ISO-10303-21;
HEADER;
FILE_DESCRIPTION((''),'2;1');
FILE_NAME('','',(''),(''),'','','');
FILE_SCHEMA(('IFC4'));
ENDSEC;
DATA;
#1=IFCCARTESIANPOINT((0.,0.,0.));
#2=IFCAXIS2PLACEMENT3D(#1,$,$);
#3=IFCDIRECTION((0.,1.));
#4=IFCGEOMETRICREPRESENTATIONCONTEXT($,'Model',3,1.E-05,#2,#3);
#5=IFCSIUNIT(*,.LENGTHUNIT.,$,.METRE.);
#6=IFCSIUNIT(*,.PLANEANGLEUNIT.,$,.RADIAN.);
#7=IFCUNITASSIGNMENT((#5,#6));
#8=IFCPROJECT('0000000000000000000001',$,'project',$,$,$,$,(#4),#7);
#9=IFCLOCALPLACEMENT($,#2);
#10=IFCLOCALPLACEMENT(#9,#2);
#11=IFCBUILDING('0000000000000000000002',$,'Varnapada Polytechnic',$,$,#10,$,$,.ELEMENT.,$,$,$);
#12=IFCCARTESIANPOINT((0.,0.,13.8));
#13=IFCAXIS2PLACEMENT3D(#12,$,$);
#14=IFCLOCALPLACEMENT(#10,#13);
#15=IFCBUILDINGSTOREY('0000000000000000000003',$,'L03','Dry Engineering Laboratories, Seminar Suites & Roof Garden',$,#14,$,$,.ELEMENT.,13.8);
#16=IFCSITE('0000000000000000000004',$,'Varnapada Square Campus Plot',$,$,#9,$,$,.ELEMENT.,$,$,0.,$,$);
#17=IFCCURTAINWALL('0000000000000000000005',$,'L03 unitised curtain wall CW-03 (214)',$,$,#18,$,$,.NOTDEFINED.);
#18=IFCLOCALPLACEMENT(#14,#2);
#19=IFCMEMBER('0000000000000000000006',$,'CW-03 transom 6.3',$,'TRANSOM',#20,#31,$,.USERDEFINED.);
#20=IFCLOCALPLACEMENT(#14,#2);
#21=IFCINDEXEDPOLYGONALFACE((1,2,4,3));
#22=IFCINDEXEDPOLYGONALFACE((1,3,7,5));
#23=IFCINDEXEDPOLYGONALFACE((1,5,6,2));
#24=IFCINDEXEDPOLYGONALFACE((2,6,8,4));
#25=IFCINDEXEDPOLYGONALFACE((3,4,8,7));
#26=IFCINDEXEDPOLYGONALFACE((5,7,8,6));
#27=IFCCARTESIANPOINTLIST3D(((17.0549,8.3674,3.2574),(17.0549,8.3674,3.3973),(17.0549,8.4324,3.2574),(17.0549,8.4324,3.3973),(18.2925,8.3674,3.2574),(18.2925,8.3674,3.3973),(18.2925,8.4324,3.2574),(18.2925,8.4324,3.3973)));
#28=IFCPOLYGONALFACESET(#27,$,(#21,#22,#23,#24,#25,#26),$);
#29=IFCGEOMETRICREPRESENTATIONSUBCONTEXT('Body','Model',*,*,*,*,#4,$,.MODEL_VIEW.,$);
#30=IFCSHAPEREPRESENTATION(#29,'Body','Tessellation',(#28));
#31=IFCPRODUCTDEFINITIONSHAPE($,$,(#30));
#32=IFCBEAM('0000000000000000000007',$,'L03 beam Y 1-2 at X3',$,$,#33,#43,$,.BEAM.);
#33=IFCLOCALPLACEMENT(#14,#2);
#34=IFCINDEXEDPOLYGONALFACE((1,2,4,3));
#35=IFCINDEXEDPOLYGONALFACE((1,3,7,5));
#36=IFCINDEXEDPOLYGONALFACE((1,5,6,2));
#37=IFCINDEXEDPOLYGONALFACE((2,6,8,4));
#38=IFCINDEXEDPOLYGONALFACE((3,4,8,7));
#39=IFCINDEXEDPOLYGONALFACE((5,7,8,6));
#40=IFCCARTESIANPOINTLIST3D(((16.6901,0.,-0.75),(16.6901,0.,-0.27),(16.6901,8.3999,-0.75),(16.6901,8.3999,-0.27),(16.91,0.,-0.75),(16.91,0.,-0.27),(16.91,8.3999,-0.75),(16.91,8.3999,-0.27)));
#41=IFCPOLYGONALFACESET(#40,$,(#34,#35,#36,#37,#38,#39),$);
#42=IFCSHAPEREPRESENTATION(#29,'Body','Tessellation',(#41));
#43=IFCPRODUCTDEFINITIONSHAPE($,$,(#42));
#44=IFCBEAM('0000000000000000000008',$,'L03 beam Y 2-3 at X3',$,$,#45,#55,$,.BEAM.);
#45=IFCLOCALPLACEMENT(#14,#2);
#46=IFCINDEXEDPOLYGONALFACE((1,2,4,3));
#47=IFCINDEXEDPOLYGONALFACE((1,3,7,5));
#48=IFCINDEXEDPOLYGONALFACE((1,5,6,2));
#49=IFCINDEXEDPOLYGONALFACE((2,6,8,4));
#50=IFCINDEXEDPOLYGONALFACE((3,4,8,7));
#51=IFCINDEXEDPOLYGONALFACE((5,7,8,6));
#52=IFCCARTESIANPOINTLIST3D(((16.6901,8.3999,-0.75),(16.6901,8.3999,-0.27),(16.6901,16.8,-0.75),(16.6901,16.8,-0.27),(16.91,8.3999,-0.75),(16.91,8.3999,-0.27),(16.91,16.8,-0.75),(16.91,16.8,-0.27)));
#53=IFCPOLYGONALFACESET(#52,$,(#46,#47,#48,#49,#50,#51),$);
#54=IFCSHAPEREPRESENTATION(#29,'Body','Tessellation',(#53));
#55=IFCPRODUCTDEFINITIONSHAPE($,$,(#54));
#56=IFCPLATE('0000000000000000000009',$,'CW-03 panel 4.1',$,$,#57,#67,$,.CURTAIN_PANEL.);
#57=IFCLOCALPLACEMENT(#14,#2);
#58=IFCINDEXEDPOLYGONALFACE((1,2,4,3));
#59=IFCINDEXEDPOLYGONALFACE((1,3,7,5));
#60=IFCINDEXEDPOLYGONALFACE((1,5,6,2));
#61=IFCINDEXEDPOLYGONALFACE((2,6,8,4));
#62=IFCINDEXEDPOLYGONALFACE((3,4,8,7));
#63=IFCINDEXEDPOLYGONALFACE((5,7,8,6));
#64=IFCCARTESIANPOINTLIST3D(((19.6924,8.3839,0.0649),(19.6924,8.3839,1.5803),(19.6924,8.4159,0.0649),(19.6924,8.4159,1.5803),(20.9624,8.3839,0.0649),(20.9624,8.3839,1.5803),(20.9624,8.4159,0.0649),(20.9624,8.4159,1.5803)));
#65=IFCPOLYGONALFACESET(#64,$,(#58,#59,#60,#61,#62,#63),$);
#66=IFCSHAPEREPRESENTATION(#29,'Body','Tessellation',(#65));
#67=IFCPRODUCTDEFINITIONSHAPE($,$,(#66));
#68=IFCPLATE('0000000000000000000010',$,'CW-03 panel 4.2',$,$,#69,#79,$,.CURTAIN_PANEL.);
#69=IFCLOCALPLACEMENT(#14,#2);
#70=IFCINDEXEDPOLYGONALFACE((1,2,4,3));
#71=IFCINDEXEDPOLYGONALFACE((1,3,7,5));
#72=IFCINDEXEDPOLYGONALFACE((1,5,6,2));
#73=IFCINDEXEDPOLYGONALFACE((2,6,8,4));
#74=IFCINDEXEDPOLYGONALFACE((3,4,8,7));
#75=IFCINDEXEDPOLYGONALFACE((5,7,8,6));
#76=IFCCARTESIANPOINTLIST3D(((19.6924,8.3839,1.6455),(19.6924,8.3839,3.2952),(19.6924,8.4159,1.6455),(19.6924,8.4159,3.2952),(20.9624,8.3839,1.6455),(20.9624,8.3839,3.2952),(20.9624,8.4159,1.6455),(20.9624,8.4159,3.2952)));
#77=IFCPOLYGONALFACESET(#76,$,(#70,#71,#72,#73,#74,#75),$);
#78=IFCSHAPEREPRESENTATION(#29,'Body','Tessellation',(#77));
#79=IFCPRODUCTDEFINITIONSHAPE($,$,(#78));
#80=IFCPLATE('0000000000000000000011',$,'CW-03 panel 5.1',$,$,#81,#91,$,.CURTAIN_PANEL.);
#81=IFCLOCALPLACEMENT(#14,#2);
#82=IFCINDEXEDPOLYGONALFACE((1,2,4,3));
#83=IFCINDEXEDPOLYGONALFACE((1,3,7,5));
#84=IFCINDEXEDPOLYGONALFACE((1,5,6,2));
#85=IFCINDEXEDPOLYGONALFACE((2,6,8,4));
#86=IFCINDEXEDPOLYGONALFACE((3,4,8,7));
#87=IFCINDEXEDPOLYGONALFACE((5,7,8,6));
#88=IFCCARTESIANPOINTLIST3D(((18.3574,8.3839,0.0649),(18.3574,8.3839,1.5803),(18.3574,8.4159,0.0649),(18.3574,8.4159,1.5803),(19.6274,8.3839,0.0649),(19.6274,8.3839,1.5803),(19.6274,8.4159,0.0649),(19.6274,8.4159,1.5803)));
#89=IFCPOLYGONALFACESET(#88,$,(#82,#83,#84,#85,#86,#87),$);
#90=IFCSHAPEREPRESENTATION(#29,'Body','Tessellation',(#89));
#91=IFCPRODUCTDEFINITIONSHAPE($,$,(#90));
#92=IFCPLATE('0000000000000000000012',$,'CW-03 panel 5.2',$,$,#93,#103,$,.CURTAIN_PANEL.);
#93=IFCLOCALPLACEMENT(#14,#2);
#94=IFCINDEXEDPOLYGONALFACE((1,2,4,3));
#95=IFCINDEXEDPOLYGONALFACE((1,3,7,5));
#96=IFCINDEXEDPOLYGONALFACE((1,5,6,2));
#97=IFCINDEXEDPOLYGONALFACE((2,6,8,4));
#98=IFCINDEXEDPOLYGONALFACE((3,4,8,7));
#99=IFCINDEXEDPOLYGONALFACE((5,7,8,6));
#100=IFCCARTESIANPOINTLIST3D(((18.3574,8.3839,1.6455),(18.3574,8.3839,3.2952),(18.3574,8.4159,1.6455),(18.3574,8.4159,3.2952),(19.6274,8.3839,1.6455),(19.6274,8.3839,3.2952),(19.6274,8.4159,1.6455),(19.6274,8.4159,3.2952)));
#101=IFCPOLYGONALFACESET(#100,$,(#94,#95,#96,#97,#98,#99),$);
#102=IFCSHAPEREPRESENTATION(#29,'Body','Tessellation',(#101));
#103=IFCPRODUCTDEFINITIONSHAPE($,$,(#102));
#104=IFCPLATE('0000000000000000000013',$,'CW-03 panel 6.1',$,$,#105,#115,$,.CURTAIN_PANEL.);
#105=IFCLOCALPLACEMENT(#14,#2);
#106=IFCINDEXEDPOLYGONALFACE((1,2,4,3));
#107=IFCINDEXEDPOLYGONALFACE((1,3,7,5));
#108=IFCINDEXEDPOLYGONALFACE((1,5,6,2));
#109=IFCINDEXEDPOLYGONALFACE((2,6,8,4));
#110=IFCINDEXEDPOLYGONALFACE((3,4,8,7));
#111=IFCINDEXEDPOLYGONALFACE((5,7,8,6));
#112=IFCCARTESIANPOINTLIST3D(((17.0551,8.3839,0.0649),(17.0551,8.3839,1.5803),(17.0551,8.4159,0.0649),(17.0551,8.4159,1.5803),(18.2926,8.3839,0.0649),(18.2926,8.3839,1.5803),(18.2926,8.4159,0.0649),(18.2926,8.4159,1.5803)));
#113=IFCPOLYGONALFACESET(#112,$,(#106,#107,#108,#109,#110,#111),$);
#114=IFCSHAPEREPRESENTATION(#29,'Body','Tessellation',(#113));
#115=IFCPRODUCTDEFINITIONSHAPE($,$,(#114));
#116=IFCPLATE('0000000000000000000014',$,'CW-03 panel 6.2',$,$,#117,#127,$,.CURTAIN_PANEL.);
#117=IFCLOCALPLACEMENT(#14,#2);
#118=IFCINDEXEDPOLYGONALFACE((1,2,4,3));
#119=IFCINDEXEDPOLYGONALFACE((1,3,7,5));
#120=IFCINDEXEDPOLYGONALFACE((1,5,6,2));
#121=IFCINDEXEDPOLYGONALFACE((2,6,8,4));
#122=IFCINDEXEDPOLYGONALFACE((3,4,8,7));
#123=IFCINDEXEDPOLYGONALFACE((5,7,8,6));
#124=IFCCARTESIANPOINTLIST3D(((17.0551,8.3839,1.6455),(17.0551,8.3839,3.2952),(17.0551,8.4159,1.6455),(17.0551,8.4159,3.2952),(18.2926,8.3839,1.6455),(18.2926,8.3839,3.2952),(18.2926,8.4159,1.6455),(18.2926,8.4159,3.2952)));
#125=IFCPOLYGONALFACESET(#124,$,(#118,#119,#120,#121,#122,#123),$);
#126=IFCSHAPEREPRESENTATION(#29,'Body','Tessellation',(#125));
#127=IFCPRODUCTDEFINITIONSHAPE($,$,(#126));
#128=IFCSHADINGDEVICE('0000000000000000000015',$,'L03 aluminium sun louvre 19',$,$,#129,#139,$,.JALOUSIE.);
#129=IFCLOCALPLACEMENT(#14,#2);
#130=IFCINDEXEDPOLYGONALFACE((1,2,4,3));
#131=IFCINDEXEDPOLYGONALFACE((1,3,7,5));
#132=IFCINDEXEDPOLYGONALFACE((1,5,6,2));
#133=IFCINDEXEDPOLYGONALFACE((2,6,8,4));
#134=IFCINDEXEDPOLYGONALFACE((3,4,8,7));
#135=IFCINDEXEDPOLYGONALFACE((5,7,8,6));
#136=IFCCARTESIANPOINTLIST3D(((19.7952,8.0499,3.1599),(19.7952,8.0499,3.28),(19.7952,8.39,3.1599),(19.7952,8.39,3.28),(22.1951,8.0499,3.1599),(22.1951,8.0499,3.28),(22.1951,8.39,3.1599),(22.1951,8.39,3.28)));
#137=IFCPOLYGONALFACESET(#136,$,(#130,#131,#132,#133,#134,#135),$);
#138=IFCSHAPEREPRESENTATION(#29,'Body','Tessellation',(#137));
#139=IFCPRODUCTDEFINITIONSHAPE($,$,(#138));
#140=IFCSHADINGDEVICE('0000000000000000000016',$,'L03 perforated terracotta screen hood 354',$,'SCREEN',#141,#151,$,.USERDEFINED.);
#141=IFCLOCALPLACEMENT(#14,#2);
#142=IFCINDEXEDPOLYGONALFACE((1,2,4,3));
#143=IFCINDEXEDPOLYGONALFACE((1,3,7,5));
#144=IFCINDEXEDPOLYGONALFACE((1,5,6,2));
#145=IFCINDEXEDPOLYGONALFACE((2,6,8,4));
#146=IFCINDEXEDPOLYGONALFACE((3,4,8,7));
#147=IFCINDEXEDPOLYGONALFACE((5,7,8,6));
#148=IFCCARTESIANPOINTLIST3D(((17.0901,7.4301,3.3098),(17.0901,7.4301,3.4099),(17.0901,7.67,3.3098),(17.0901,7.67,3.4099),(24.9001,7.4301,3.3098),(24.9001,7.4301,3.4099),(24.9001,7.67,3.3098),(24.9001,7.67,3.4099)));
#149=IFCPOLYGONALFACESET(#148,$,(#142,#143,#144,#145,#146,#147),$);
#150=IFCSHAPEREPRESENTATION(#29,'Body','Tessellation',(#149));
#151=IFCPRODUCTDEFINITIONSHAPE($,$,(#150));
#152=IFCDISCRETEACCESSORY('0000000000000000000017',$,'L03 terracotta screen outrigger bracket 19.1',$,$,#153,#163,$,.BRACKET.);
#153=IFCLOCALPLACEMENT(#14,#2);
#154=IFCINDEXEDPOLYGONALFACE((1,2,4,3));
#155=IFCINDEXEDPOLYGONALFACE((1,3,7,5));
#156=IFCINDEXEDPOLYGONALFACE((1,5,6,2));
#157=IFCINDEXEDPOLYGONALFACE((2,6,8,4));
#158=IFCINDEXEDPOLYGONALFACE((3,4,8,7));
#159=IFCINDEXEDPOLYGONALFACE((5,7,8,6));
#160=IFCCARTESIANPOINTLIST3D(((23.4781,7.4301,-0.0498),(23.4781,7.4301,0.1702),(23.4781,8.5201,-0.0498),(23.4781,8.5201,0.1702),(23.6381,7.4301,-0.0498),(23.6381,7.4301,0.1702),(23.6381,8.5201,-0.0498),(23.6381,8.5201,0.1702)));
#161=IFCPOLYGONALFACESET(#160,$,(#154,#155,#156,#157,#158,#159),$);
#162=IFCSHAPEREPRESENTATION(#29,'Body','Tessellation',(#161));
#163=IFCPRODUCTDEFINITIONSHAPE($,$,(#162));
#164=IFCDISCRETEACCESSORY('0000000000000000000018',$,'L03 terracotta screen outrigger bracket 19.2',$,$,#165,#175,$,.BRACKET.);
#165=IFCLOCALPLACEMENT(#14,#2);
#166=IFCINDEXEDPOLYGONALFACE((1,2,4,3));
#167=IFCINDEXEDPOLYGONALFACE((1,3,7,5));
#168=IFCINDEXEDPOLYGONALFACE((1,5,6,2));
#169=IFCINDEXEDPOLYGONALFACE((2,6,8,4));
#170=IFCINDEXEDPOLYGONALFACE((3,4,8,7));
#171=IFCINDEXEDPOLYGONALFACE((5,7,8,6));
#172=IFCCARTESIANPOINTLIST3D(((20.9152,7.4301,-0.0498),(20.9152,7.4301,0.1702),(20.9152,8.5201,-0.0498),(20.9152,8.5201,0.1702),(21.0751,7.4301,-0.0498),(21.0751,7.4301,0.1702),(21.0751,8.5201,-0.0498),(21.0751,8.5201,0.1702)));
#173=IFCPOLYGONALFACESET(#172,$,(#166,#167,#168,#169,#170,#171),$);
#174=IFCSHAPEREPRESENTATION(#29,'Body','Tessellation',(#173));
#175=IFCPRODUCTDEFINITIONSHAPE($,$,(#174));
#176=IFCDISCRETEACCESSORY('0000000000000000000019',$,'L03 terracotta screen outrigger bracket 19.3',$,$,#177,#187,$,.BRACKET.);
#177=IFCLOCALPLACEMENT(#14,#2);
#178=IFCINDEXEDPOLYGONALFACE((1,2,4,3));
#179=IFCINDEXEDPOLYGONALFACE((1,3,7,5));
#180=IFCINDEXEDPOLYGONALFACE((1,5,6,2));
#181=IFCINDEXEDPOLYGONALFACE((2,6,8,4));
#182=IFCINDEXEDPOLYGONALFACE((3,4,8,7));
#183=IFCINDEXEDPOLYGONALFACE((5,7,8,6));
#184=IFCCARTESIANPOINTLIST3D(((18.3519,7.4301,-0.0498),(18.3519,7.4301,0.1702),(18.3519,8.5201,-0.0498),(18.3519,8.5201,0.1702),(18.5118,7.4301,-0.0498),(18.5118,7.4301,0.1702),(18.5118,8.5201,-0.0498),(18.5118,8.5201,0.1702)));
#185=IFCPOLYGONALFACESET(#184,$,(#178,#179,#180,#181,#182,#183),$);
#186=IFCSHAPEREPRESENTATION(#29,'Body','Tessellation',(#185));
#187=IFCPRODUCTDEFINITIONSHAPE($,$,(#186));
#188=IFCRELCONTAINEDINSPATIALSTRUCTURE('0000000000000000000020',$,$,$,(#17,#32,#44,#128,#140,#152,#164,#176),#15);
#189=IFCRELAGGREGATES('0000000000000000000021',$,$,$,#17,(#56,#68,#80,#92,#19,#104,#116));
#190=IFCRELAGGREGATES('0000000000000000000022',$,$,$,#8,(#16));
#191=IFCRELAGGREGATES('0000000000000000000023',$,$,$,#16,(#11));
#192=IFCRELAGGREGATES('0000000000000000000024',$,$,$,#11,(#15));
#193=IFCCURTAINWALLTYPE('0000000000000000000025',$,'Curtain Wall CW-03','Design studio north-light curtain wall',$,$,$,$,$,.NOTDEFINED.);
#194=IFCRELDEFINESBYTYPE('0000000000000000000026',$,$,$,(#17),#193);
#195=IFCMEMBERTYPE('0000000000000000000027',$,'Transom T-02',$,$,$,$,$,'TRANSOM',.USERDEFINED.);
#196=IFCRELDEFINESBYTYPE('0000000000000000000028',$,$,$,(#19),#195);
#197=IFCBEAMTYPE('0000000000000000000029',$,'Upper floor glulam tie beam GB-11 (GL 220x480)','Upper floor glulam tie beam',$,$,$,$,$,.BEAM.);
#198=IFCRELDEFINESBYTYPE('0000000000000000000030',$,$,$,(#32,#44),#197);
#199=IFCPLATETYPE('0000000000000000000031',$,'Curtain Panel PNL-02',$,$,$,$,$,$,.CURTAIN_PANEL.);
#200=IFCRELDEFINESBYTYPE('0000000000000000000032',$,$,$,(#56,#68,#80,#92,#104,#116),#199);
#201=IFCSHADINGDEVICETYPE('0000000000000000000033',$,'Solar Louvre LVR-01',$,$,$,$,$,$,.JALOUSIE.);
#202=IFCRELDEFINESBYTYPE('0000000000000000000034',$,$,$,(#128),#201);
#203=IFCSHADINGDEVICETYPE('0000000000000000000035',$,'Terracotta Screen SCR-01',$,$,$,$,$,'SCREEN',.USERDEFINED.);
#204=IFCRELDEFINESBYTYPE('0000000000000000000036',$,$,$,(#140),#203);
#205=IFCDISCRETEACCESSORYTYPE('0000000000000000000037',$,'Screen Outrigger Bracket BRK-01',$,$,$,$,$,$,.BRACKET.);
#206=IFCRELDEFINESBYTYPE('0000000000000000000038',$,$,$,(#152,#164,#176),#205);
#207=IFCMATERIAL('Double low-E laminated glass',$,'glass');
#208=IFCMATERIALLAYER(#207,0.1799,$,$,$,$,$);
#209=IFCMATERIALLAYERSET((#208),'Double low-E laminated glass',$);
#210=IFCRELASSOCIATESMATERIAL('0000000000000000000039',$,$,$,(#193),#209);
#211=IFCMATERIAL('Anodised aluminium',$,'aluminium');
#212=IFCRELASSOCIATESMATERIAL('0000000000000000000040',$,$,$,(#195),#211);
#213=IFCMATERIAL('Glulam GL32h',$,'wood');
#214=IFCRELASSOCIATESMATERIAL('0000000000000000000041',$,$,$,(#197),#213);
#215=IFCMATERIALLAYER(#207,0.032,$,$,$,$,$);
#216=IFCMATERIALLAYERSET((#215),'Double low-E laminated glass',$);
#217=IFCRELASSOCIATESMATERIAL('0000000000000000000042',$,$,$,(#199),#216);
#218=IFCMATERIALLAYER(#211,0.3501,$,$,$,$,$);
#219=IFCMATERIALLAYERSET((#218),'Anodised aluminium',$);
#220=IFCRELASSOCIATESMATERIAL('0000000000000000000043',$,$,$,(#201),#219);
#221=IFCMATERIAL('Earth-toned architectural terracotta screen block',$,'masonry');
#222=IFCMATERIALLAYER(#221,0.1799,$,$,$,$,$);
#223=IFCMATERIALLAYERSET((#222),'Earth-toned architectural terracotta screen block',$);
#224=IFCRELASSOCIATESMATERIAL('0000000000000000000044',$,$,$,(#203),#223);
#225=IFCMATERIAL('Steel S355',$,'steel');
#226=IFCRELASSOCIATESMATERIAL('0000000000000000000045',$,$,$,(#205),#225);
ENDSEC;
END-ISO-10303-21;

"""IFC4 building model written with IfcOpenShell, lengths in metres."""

from ifc_helpers import new_model, si_unit, direction, frame, origin, origin_2d, place, context, subcontext, project, spatial, rectangle, extrude, material, layer, layer_set, material_profile, profile_set, type_object, element, aggregate, save


model = new_model("IFC4")

# Units and contexts
model_context = context("Model", 3, precision=1e-05, world=origin(), true_north=direction((0.0, 1.0)))
body_context = subcontext(model_context, "Body", "Model", "MODEL_VIEW")
ifc_project = project(units=[si_unit("LENGTHUNIT", "METRE"), si_unit("PLANEANGLEUNIT", "RADIAN")], contexts=[model_context])

# Site, building, storey
site_placement = place(None, origin())
site = spatial("IfcSite", under=ifc_project, at=site_placement, Name="Varnapada Square Campus Plot", CompositionType="ELEMENT", RefElevation=0.0)
building_placement = place(site_placement, origin())
building = spatial("IfcBuilding", under=site, at=building_placement, Name="Varnapada Polytechnic", CompositionType="ELEMENT")
storey_placement = place(building_placement, frame((0.0, 0.0, 13.8)))
storey = spatial("IfcBuildingStorey", under=building, at=storey_placement, Name="L03", Description="Dry Engineering Laboratories, Seminar Suites & Roof Garden", CompositionType="ELEMENT", Elevation=13.8)

# Shared definitions
ifc_material_1 = material(Name="Glulam GL32h", Category="wood")

# Curtain wall
ifc_material_2 = material(Name="Double low-E laminated glass", Category="glass")
ifc_layer_1 = layer(ifc_material_2, 0.1799)
ifc_layer_set_1 = layer_set([ifc_layer_1], Name="Double low-E laminated glass")
curtain_wall_type = type_object("IfcCurtainWallType", Name="Curtain Wall CW-03", Description="Design studio north-light curtain wall", PredefinedType="NOTDEFINED", material=ifc_layer_set_1)
curtain_wall_placement = place(storey_placement, origin())
curtain_wall = element("IfcCurtainWall", 1, at=curtain_wall_placement, inside=storey, type_object=curtain_wall_type, Name="L03 unitised curtain wall CW-03 (214)", PredefinedType="NOTDEFINED")
ifc_material_3 = material(Name="Anodised aluminium", Category="aluminium")

# Member
ifc_material_profile_1 = material_profile(ifc_material_3, rectangle(XDim=0.0649, YDim=0.1399, at=origin_2d()), Name="ALU T65x140")
ifc_profile_set_1 = profile_set([ifc_material_profile_1], Name="Anodised aluminium")
member_type_1 = type_object("IfcMemberType", Name="Transom T-02", ElementType="TRANSOM", PredefinedType="USERDEFINED", material=ifc_profile_set_1)
member_1_placement = place(storey_placement, frame((18.2925, 8.3999, 3.3274), z_axis=(-1.0, 0.0, 0.0), x_axis=(0.0, -1.0, 0.0)))
member_1 = element("IfcMember", 2, at=member_1_placement, type_object=member_type_1, Name="CW-03 transom 6.3", ObjectType="TRANSOM", PredefinedType="USERDEFINED", context=body_context, shape_type="SweptSolid", body=[
    extrude(rectangle(XDim=0.0649, YDim=0.1399, at=origin_2d()), origin(), (0.0, 0.0, 1.0), 1.2375),
])

# Beams
ifc_material_profile_2 = material_profile(ifc_material_1, rectangle(XDim=0.22, YDim=0.48, at=origin_2d()), Name="GL 220x480")
ifc_profile_set_2 = profile_set([ifc_material_profile_2], Name="Glulam GL32h")
beam_type_1 = type_object("IfcBeamType", Name="Upper floor glulam tie beam GB-11 (GL 220x480)", Description="Upper floor glulam tie beam", PredefinedType="BEAM", material=ifc_profile_set_2)
beam_1_placement = place(storey_placement, frame((16.8, 0.0, -0.51), z_axis=(0.0, 1.0, 0.0), x_axis=(-1.0, 0.0, 0.0)))
element("IfcBeam", 3, at=beam_1_placement, inside=storey, type_object=beam_type_1, Name="L03 beam Y 1-2 at X3", PredefinedType="BEAM", context=body_context, shape_type="SweptSolid", body=[
    extrude(rectangle(XDim=0.22, YDim=0.48, at=origin_2d()), origin(), (0.0, 0.0, 1.0), 8.3999),
])
beam_2_placement = place(storey_placement, frame((16.8, 8.3999, -0.51), z_axis=(0.0, 1.0, 0.0), x_axis=(-1.0, 0.0, 0.0)))
element("IfcBeam", 4, at=beam_2_placement, inside=storey, type_object=beam_type_1, Name="L03 beam Y 2-3 at X3", PredefinedType="BEAM", context=body_context, shape_type="SweptSolid", body=[
    extrude(rectangle(XDim=0.22, YDim=0.48, at=origin_2d()), origin(), (0.0, 0.0, 1.0), 8.4001),
])

# Plates
ifc_layer_2 = layer(ifc_material_2, 0.032)
ifc_layer_set_2 = layer_set([ifc_layer_2], Name="Double low-E laminated glass")
plate_type = type_object("IfcPlateType", Name="Curtain Panel PNL-02", PredefinedType="CURTAIN_PANEL", material=ifc_layer_set_2)
plate_1_placement = place(storey_placement, frame((20.3274, 8.3999, 0.0649), z_axis=(0.0, 0.0, 1.0), x_axis=(-1.0, 0.0, 0.0)))
plate_1 = element("IfcPlate", 5, at=plate_1_placement, type_object=plate_type, Name="CW-03 panel 4.1", PredefinedType="CURTAIN_PANEL", context=body_context, shape_type="SweptSolid", body=[
    extrude(rectangle(XDim=1.27, YDim=0.032, at=origin_2d()), origin(), (0.0, 0.0, 1.0), 1.5154),
])
plate_2_placement = place(storey_placement, frame((20.3274, 8.3999, 1.6455), z_axis=(0.0, 0.0, 1.0), x_axis=(-1.0, 0.0, 0.0)))
plate_2 = element("IfcPlate", 6, at=plate_2_placement, type_object=plate_type, Name="CW-03 panel 4.2", PredefinedType="CURTAIN_PANEL", context=body_context, shape_type="SweptSolid", body=[
    extrude(rectangle(XDim=1.27, YDim=0.032, at=origin_2d()), origin(), (0.0, 0.0, 1.0), 1.6497),
])
plate_3_placement = place(storey_placement, frame((18.9924, 8.3999, 0.0649), z_axis=(0.0, 0.0, 1.0), x_axis=(-1.0, 0.0, 0.0)))
plate_3 = element("IfcPlate", 7, at=plate_3_placement, type_object=plate_type, Name="CW-03 panel 5.1", PredefinedType="CURTAIN_PANEL", context=body_context, shape_type="SweptSolid", body=[
    extrude(rectangle(XDim=1.27, YDim=0.032, at=origin_2d()), origin(), (0.0, 0.0, 1.0), 1.5154),
])
plate_4_placement = place(storey_placement, frame((18.9924, 8.3999, 1.6455), z_axis=(0.0, 0.0, 1.0), x_axis=(-1.0, 0.0, 0.0)))
plate_4 = element("IfcPlate", 8, at=plate_4_placement, type_object=plate_type, Name="CW-03 panel 5.2", PredefinedType="CURTAIN_PANEL", context=body_context, shape_type="SweptSolid", body=[
    extrude(rectangle(XDim=1.27, YDim=0.032, at=origin_2d()), origin(), (0.0, 0.0, 1.0), 1.6497),
])
plate_5_placement = place(storey_placement, frame((17.6738, 8.3999, 0.0649), z_axis=(0.0, 0.0, 1.0), x_axis=(-1.0, 0.0, 0.0)))
plate_5 = element("IfcPlate", 9, at=plate_5_placement, type_object=plate_type, Name="CW-03 panel 6.1", PredefinedType="CURTAIN_PANEL", context=body_context, shape_type="SweptSolid", body=[
    extrude(rectangle(XDim=1.2375, YDim=0.032, at=origin_2d()), origin(), (0.0, 0.0, 1.0), 1.5154),
])
plate_6_placement = place(storey_placement, frame((17.6738, 8.3999, 1.6455), z_axis=(0.0, 0.0, 1.0), x_axis=(-1.0, 0.0, 0.0)))
plate_6 = element("IfcPlate", 10, at=plate_6_placement, type_object=plate_type, Name="CW-03 panel 6.2", PredefinedType="CURTAIN_PANEL", context=body_context, shape_type="SweptSolid", body=[
    extrude(rectangle(XDim=1.2375, YDim=0.032, at=origin_2d()), origin(), (0.0, 0.0, 1.0), 1.6497),
])
aggregate(curtain_wall, [plate_1, plate_2, plate_3, plate_4, member_1, plate_5, plate_6])

# Shading devices
ifc_layer_3 = layer(ifc_material_3, 0.3501)
ifc_layer_set_3 = layer_set([ifc_layer_3], Name="Anodised aluminium")
shading_device_type_1 = type_object("IfcShadingDeviceType", Name="Solar Louvre LVR-01", PredefinedType="JALOUSIE", material=ifc_layer_set_3)
shading_device_1_placement = place(storey_placement, frame((20.9951, 8.22, 3.1599), z_axis=(0.0, 0.0, 1.0), x_axis=(-1.0, 0.0, 0.0)))
element("IfcShadingDevice", 11, at=shading_device_1_placement, inside=storey, type_object=shading_device_type_1, Name="L03 aluminium sun louvre 19", PredefinedType="JALOUSIE", context=body_context, shape_type="SweptSolid", body=[
    extrude(rectangle(XDim=2.3999, YDim=0.3401, at=origin_2d()), origin(), (0.0, 0.0, 1.0), 0.1201),
])
ifc_material_4 = material(Name="Earth-toned architectural terracotta screen block", Category="masonry")
ifc_layer_4 = layer(ifc_material_4, 0.1799)
ifc_layer_set_4 = layer_set([ifc_layer_4], Name="Earth-toned architectural terracotta screen block")
shading_device_type_2 = type_object("IfcShadingDeviceType", Name="Terracotta Screen SCR-01", ElementType="SCREEN", PredefinedType="USERDEFINED", material=ifc_layer_set_4)
shading_device_2_placement = place(storey_placement, frame((20.9951, 7.55, 3.3098), z_axis=(0.0, 0.0, 1.0), x_axis=(-1.0, 0.0, 0.0)))
element("IfcShadingDevice", 12, at=shading_device_2_placement, inside=storey, type_object=shading_device_type_2, Name="L03 perforated terracotta screen hood 354", ObjectType="SCREEN", PredefinedType="USERDEFINED", context=body_context, shape_type="SweptSolid", body=[
    extrude(rectangle(XDim=7.8101, YDim=0.24, at=origin_2d()), origin(), (0.0, 0.0, 1.0), 0.1001),
])

# Discrete accessories
ifc_material_5 = material(Name="Steel S355", Category="steel")
discrete_accessory_type = type_object("IfcDiscreteAccessoryType", Name="Screen Outrigger Bracket BRK-01", PredefinedType="BRACKET", material=ifc_material_5)
for number, where, z_axis, x_axis, name in (
    (13, (23.5581, 7.9751, -0.0498), (0.0, 0.0, 1.0), (-1.0, 0.0, 0.0), "L03 terracotta screen outrigger bracket 19.1"),
    (14, (20.9951, 7.9751, -0.0498), (0.0, 0.0, 1.0), (-1.0, 0.0, 0.0), "L03 terracotta screen outrigger bracket 19.2"),
    (15, (18.4319, 7.9751, -0.0498), (0.0, 0.0, 1.0), (-1.0, 0.0, 0.0), "L03 terracotta screen outrigger bracket 19.3"),
):
    element("IfcDiscreteAccessory", number, at=place(storey_placement, frame(where, z_axis=z_axis, x_axis=x_axis)), inside=storey, type_object=discrete_accessory_type, Name=name, PredefinedType="BRACKET", context=body_context, shape_type="SweptSolid", body=[
        extrude(rectangle(XDim=0.1599, YDim=1.0901, at=origin_2d()), origin(), (0.0, 0.0, 1.0), 0.22),
    ])

save(model, "model.ifc")
